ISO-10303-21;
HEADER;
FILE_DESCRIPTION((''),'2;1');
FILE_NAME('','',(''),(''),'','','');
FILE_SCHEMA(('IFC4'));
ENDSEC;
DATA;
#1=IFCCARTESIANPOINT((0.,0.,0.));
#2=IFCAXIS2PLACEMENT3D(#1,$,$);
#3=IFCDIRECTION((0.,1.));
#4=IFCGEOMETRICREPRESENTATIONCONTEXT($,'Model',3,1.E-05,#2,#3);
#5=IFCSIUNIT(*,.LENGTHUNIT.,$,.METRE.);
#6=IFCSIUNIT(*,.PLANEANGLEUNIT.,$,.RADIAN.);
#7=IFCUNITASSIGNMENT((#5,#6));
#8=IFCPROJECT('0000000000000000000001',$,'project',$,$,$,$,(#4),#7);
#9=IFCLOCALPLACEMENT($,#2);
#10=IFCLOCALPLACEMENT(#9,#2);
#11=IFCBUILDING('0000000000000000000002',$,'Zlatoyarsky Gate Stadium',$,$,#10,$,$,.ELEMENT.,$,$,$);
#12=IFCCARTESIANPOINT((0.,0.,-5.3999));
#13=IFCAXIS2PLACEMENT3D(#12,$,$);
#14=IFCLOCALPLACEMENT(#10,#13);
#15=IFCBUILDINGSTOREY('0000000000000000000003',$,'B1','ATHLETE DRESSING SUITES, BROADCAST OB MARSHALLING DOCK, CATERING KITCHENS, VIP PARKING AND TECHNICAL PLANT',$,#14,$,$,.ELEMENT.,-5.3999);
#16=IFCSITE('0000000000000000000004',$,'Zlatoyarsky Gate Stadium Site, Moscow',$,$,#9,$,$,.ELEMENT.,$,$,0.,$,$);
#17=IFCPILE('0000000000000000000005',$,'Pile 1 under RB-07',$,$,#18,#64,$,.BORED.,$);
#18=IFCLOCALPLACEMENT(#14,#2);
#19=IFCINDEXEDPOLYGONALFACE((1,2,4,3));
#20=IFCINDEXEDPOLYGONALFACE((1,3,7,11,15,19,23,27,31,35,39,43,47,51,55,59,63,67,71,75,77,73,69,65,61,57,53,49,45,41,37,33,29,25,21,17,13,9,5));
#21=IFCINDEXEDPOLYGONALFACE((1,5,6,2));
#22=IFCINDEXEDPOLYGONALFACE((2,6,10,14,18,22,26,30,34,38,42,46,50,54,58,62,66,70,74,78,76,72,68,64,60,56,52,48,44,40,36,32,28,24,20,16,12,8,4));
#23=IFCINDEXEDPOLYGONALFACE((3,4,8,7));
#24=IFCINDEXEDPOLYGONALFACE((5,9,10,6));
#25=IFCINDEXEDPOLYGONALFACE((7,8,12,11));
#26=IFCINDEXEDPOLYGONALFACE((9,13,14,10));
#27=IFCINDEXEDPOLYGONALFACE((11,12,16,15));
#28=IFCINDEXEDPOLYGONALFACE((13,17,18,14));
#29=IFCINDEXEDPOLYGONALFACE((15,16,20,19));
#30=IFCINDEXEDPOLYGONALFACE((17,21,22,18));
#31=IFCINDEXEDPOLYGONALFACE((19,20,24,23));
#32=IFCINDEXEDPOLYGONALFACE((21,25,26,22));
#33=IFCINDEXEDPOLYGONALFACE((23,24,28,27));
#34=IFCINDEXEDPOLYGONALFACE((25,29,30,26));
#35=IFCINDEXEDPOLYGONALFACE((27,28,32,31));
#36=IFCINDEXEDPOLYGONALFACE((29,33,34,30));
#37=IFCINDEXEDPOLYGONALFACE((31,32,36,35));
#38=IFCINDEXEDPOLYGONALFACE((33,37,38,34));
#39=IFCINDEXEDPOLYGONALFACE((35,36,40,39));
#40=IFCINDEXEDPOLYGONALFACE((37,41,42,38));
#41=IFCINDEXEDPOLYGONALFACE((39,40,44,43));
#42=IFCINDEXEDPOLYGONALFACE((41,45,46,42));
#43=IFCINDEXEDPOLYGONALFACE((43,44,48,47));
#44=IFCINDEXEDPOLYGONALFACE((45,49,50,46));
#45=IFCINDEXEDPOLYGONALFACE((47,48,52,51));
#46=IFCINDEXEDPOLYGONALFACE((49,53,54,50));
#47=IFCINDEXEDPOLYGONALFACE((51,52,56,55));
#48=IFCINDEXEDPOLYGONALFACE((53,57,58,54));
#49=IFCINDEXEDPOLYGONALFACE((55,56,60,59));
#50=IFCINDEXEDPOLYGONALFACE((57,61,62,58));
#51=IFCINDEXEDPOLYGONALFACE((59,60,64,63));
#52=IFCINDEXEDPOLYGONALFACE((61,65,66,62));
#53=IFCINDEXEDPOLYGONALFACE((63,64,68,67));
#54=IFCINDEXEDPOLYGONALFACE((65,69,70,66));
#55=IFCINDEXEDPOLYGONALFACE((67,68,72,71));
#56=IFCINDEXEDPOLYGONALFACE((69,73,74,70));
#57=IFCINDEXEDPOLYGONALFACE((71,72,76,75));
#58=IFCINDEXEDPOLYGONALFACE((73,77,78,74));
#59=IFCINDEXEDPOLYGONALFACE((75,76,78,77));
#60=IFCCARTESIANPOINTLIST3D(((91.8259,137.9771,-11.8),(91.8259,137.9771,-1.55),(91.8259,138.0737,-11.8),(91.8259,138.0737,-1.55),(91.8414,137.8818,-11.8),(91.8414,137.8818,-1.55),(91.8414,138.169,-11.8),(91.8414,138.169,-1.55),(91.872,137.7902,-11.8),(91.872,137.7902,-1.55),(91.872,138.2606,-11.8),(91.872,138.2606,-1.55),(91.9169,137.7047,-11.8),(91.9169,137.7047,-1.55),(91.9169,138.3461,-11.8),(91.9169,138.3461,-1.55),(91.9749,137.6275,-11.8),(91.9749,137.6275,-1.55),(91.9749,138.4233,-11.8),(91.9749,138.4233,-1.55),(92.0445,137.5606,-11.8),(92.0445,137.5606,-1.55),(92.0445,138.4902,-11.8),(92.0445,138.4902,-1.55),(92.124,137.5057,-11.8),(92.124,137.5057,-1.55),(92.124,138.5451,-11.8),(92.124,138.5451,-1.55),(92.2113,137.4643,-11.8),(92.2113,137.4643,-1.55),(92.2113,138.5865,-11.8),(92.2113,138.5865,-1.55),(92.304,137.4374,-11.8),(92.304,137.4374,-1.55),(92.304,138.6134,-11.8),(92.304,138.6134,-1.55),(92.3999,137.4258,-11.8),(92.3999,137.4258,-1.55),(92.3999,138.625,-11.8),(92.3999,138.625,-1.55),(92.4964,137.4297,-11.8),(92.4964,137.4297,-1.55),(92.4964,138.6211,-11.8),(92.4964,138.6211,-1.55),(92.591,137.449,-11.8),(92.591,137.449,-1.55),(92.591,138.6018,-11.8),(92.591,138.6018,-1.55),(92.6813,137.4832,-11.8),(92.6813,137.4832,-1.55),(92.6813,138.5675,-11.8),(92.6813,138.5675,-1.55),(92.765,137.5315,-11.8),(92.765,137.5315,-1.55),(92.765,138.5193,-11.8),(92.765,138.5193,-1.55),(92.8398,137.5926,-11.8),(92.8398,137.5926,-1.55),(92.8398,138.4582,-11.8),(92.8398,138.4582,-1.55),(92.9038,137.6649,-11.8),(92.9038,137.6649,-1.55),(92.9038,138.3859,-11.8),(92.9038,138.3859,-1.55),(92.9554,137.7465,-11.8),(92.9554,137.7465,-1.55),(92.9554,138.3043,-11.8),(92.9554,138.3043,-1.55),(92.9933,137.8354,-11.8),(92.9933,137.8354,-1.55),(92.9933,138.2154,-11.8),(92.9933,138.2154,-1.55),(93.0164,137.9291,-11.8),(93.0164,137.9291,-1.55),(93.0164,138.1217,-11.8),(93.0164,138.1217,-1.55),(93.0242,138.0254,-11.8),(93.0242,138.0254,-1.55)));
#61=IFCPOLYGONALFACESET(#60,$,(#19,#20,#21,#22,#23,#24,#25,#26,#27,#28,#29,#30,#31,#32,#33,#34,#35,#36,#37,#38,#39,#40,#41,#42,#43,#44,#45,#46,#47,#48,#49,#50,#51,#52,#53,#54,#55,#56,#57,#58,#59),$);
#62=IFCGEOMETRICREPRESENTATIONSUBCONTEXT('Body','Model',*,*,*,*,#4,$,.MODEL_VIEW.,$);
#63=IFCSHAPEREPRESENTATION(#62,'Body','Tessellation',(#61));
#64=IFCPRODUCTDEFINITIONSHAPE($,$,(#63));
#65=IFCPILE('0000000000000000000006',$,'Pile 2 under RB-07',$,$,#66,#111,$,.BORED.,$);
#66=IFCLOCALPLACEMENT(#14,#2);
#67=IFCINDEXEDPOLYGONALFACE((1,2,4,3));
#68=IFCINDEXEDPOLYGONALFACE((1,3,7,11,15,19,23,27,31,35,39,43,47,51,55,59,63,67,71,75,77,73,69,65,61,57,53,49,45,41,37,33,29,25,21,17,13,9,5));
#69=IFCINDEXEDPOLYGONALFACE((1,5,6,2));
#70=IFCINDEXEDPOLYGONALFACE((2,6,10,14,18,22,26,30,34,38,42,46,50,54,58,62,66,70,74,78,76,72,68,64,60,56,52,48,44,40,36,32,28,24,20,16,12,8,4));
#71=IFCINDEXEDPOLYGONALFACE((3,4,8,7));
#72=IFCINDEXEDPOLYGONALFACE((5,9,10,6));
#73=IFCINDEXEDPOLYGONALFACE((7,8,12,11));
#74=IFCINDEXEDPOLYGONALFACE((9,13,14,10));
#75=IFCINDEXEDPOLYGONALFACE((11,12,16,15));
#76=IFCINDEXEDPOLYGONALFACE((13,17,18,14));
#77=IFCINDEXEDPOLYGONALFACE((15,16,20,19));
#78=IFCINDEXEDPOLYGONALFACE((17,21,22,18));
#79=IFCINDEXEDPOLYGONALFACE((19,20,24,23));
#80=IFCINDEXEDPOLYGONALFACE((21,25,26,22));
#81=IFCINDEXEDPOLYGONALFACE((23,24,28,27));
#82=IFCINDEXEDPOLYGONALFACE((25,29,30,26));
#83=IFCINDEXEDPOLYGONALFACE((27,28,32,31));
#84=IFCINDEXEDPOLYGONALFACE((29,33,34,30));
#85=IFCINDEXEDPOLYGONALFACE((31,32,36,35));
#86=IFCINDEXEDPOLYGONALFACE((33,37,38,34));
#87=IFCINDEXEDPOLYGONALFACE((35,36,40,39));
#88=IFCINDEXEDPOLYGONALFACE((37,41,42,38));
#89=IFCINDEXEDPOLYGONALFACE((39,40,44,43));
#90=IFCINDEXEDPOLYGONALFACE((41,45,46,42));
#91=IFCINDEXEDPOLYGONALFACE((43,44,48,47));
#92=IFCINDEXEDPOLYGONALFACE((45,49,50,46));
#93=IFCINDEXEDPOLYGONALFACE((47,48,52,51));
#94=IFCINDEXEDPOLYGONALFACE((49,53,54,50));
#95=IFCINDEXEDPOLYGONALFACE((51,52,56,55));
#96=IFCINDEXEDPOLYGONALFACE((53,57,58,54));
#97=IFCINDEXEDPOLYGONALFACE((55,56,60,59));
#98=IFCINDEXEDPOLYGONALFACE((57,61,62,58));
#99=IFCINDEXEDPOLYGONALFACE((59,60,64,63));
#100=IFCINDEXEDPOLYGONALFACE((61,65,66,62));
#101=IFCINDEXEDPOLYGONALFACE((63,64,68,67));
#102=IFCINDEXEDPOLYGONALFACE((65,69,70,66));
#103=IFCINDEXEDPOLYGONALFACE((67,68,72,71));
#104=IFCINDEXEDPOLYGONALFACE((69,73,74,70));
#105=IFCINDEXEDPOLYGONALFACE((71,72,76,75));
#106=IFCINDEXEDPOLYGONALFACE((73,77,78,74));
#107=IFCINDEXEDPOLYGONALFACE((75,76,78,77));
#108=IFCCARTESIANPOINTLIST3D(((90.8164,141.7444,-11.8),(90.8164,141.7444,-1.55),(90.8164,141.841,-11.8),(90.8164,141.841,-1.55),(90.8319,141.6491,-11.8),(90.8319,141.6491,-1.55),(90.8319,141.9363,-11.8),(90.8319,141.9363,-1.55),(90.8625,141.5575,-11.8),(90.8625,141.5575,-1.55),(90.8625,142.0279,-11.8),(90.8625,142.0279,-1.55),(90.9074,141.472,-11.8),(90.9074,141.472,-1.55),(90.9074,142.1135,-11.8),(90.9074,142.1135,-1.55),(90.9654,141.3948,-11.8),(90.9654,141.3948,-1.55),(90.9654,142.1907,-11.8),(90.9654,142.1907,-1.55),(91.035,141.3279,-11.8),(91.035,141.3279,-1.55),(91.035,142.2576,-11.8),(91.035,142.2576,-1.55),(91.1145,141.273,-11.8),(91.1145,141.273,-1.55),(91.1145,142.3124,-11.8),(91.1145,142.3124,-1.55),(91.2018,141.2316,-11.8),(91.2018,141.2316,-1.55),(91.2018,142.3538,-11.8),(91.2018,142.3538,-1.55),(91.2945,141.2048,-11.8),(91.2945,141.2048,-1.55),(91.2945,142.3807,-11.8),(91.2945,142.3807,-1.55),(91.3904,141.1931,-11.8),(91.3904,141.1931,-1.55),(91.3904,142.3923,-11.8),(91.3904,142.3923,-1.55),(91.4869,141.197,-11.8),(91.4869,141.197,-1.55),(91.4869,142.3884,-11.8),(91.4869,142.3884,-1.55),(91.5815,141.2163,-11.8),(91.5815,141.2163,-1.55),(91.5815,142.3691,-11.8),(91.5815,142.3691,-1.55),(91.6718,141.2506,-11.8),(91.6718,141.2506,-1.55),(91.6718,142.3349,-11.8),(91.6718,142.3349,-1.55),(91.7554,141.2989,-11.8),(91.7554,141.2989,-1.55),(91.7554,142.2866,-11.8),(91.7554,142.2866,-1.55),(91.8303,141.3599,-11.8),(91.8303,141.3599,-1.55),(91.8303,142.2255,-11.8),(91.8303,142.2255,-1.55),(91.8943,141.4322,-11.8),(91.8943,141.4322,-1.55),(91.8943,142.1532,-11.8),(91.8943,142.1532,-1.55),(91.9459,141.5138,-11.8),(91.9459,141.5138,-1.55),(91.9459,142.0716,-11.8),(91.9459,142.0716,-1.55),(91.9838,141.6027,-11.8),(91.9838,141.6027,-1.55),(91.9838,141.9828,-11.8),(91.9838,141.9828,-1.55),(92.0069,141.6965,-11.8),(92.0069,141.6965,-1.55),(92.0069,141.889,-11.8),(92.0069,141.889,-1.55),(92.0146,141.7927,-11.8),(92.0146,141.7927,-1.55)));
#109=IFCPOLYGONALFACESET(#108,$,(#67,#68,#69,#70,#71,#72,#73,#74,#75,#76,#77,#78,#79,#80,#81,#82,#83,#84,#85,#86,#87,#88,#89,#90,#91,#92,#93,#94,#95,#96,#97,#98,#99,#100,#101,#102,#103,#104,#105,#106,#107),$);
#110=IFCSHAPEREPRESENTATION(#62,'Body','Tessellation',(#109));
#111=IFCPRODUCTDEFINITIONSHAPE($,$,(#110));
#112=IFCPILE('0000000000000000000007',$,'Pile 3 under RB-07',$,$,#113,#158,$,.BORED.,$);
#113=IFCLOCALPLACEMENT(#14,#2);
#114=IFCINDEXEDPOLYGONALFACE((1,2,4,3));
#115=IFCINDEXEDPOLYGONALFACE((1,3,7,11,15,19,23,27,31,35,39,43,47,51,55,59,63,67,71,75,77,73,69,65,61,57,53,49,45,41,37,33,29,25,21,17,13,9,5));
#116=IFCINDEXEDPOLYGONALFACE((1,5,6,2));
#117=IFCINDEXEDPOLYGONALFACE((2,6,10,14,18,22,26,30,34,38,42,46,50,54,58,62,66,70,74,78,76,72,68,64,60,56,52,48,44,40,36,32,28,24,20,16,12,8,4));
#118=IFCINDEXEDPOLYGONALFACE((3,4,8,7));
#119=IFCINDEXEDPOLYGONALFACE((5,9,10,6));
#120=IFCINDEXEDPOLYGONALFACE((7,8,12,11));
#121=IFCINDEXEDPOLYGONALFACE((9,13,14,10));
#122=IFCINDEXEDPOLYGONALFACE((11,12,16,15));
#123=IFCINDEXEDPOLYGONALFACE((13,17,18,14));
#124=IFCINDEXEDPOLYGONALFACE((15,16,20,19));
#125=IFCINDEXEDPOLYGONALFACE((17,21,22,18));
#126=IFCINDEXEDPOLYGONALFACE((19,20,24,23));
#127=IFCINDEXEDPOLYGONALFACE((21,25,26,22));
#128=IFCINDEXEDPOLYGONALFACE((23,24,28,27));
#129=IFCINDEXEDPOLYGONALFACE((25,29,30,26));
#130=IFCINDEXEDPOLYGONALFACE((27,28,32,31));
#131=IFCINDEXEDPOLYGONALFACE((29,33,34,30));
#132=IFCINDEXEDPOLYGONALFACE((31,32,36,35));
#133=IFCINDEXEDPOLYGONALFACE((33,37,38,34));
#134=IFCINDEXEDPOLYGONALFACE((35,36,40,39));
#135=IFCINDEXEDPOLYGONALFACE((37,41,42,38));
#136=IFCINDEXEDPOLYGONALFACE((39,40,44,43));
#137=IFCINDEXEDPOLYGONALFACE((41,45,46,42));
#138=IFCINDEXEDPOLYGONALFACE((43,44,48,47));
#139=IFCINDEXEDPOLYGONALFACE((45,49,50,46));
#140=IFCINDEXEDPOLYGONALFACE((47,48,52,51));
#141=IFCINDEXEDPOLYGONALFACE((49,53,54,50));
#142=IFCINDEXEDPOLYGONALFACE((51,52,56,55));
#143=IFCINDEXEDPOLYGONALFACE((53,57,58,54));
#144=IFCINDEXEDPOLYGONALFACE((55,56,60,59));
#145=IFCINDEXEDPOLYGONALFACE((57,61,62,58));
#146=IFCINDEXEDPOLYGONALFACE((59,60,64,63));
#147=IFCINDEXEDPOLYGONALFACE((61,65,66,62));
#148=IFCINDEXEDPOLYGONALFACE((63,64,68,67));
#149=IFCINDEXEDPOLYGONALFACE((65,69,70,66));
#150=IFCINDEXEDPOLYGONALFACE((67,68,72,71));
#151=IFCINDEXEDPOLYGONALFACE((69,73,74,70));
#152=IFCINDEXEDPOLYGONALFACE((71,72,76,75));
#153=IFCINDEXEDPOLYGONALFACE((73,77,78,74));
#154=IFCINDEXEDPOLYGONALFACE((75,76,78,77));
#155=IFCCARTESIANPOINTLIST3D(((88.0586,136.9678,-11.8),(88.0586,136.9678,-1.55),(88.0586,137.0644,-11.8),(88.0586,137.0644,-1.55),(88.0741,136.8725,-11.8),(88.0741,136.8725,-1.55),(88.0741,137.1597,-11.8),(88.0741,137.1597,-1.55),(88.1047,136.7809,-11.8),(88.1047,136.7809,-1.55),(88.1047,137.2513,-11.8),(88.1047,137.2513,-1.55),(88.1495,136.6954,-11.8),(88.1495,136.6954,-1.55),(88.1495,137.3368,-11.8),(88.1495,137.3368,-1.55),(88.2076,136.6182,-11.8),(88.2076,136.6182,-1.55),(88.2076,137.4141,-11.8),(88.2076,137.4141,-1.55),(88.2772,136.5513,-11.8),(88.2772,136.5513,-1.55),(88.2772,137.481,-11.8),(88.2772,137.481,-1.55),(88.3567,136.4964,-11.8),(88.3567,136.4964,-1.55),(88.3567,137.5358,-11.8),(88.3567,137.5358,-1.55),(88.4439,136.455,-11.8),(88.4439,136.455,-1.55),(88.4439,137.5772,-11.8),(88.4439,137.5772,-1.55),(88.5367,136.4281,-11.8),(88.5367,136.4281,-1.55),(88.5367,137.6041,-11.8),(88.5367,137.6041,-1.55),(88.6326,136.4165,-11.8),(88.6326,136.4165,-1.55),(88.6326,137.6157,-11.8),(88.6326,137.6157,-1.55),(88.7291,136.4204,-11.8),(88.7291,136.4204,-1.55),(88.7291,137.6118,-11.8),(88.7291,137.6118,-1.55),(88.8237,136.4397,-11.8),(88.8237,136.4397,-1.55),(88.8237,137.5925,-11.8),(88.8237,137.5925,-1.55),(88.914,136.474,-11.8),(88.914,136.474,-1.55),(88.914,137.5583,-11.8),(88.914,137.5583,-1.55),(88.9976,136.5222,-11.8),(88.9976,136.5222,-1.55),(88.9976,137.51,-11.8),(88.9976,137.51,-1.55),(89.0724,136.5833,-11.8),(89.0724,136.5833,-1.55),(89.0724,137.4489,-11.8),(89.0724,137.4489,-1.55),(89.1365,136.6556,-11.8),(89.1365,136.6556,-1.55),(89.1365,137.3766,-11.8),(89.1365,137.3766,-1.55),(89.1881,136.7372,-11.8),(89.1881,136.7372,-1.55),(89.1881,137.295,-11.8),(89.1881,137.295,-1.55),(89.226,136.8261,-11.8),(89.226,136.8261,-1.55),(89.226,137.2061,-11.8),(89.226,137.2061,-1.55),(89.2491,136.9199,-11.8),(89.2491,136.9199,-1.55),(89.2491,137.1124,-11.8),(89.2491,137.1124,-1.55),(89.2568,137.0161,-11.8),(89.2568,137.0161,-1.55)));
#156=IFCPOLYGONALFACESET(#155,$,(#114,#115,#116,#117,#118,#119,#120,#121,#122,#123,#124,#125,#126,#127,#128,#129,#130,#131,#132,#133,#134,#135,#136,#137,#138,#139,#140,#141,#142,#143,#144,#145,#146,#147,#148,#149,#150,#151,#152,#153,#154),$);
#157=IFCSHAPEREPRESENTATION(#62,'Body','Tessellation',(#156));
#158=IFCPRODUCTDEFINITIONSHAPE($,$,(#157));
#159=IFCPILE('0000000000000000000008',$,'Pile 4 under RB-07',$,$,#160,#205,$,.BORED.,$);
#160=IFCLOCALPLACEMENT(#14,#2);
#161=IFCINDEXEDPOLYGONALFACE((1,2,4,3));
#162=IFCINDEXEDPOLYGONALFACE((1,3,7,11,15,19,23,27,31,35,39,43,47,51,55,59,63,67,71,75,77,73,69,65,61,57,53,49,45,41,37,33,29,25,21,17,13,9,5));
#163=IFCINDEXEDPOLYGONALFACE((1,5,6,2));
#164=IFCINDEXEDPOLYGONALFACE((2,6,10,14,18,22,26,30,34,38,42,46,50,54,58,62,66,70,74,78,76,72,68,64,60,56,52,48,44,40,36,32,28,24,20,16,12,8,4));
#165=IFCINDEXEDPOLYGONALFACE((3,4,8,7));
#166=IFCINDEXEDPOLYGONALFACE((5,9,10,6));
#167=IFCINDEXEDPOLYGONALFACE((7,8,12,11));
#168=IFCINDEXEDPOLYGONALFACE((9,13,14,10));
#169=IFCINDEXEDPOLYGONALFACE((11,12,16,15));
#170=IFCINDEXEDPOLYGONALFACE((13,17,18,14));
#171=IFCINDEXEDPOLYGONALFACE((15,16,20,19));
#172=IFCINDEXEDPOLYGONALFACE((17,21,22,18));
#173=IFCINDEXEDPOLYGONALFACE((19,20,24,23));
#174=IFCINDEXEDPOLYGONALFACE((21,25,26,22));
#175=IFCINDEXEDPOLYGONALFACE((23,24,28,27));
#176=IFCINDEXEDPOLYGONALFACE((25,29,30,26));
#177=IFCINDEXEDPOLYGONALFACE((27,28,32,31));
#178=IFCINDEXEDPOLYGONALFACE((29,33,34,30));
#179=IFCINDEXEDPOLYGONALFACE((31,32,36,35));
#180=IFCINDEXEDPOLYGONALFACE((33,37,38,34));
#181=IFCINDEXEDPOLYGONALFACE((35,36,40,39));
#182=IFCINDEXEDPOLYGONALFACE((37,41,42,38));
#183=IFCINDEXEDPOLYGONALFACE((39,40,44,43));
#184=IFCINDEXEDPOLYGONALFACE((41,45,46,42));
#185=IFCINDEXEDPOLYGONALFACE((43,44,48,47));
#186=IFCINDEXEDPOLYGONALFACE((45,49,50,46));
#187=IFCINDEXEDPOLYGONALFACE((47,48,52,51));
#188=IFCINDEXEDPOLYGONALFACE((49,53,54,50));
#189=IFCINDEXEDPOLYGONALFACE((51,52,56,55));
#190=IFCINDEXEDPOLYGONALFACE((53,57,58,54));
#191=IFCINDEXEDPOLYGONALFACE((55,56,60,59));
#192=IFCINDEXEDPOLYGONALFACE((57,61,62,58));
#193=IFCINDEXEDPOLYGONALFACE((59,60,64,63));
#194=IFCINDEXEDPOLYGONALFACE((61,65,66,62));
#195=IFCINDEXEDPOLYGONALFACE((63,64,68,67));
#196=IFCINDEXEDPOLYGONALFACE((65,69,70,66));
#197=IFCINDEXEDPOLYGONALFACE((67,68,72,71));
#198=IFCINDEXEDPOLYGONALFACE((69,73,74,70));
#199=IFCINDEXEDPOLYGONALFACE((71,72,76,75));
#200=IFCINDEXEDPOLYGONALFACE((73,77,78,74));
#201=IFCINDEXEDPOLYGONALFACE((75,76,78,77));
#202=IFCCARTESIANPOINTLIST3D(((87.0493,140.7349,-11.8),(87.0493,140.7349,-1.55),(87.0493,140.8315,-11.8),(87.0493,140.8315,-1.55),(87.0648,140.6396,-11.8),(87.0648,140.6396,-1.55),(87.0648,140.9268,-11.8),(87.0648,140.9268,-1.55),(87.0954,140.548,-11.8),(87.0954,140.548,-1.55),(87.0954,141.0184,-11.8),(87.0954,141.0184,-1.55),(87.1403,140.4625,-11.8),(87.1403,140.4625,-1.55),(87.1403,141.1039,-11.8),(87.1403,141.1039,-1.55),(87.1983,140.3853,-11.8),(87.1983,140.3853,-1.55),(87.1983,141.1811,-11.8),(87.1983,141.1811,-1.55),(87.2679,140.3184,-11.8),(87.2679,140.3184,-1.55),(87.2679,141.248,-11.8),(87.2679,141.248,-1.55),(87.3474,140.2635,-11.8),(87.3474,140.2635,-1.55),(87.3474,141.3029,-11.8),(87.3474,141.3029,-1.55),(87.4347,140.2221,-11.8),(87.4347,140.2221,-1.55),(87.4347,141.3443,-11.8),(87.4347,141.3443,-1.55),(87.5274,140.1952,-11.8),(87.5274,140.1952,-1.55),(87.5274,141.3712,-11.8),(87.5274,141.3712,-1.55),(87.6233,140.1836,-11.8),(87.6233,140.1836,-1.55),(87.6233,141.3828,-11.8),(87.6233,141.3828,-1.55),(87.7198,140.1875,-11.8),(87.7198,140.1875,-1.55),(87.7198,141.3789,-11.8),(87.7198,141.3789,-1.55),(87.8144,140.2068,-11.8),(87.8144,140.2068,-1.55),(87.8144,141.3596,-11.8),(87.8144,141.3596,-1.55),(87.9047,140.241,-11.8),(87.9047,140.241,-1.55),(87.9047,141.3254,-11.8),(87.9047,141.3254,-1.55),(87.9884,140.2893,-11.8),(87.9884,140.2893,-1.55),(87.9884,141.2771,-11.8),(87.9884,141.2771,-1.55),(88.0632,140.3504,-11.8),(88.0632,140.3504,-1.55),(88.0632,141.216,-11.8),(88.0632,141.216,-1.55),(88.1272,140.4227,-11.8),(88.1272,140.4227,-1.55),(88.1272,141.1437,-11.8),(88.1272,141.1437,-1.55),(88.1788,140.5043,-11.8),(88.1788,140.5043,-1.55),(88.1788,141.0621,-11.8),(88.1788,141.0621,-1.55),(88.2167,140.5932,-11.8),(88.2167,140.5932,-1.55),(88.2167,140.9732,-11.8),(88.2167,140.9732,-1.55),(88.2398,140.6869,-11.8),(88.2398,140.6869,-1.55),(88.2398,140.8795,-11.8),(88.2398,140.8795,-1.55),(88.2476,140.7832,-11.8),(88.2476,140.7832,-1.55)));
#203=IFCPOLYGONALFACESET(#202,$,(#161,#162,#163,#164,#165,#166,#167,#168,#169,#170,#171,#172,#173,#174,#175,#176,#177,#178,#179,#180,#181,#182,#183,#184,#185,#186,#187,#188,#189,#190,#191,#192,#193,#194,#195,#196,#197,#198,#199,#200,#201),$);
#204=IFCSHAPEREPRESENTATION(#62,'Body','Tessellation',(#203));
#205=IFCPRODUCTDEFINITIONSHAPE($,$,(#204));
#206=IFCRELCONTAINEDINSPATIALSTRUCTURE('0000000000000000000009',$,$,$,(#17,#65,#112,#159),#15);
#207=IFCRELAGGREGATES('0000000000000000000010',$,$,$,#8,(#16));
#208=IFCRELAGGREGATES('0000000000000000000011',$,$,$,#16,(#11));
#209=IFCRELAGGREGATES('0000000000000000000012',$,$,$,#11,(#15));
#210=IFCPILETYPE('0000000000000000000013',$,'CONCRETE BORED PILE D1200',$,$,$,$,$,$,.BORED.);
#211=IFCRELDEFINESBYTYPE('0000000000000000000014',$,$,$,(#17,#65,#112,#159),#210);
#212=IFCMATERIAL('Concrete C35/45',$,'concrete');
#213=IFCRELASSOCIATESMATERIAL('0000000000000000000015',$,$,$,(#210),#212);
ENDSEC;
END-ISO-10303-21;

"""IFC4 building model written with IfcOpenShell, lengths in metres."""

from ifc_helpers import new_model, si_unit, direction, frame, origin, origin_2d, place, context, subcontext, project, spatial, circle, extrude, material, material_profile, profile_set, type_object, element, save


model = new_model("IFC4")

# Units and contexts
model_context = context("Model", 3, precision=1e-05, world=origin(), true_north=direction((0.0, 1.0)))
body_context = subcontext(model_context, "Body", "Model", "MODEL_VIEW")
ifc_project = project(units=[si_unit("LENGTHUNIT", "METRE"), si_unit("PLANEANGLEUNIT", "RADIAN")], contexts=[model_context])

# Site, building, storey
site_placement = place(None, origin())
site = spatial("IfcSite", under=ifc_project, at=site_placement, Name="Zlatoyarsky Gate Stadium Site, Moscow", CompositionType="ELEMENT", RefElevation=0.0)
building_placement = place(site_placement, origin())
building = spatial("IfcBuilding", under=site, at=building_placement, Name="Zlatoyarsky Gate Stadium", CompositionType="ELEMENT")
storey_placement = place(building_placement, frame((0.0, 0.0, -5.3999)))
storey = spatial("IfcBuildingStorey", under=building, at=storey_placement, Name="B1", Description="ATHLETE DRESSING SUITES, BROADCAST OB MARSHALLING DOCK, CATERING KITCHENS, VIP PARKING AND TECHNICAL PLANT", CompositionType="ELEMENT", Elevation=-5.3999)

# Piles
ifc_material_1 = material(Name="Concrete C35/45", Category="concrete")
ifc_material_profile_1 = material_profile(ifc_material_1, circle(Radius=0.6001, at=origin_2d()), Name="BORED PILE D1200")
ifc_profile_set_1 = profile_set([ifc_material_profile_1], Name="Concrete C35/45")
pile_type_1 = type_object("IfcPileType", Name="CONCRETE BORED PILE D1200", PredefinedType="BORED", material=ifc_profile_set_1)
for number, where, z_axis, x_axis, name in (
    (1, (92.4241, 138.0254, -1.55), (0.0, 0.0, -1.0), (1.0, 0.0, 0.0), "Pile 1 under RB-07"),
    (2, (91.4146, 141.7927, -1.55), (0.0, 0.0, -1.0), (1.0, 0.0, 0.0), "Pile 2 under RB-07"),
    (3, (88.6567, 137.0161, -1.55), (0.0, 0.0, -1.0), (1.0, 0.0, 0.0), "Pile 3 under RB-07"),
    (4, (87.6475, 140.7832, -1.55), (0.0, 0.0, -1.0), (1.0, 0.0, 0.0), "Pile 4 under RB-07"),
):
    element("IfcPile", number, at=place(storey_placement, frame(where, z_axis=z_axis, x_axis=x_axis)), inside=storey, type_object=pile_type_1, Name=name, PredefinedType="BORED", context=body_context, shape_type="SweptSolid", body=[
        extrude(circle(Radius=0.6001, at=origin_2d()), origin(), (0.0, 0.0, 1.0), 10.25),
    ])

save(model, "model.ifc")
